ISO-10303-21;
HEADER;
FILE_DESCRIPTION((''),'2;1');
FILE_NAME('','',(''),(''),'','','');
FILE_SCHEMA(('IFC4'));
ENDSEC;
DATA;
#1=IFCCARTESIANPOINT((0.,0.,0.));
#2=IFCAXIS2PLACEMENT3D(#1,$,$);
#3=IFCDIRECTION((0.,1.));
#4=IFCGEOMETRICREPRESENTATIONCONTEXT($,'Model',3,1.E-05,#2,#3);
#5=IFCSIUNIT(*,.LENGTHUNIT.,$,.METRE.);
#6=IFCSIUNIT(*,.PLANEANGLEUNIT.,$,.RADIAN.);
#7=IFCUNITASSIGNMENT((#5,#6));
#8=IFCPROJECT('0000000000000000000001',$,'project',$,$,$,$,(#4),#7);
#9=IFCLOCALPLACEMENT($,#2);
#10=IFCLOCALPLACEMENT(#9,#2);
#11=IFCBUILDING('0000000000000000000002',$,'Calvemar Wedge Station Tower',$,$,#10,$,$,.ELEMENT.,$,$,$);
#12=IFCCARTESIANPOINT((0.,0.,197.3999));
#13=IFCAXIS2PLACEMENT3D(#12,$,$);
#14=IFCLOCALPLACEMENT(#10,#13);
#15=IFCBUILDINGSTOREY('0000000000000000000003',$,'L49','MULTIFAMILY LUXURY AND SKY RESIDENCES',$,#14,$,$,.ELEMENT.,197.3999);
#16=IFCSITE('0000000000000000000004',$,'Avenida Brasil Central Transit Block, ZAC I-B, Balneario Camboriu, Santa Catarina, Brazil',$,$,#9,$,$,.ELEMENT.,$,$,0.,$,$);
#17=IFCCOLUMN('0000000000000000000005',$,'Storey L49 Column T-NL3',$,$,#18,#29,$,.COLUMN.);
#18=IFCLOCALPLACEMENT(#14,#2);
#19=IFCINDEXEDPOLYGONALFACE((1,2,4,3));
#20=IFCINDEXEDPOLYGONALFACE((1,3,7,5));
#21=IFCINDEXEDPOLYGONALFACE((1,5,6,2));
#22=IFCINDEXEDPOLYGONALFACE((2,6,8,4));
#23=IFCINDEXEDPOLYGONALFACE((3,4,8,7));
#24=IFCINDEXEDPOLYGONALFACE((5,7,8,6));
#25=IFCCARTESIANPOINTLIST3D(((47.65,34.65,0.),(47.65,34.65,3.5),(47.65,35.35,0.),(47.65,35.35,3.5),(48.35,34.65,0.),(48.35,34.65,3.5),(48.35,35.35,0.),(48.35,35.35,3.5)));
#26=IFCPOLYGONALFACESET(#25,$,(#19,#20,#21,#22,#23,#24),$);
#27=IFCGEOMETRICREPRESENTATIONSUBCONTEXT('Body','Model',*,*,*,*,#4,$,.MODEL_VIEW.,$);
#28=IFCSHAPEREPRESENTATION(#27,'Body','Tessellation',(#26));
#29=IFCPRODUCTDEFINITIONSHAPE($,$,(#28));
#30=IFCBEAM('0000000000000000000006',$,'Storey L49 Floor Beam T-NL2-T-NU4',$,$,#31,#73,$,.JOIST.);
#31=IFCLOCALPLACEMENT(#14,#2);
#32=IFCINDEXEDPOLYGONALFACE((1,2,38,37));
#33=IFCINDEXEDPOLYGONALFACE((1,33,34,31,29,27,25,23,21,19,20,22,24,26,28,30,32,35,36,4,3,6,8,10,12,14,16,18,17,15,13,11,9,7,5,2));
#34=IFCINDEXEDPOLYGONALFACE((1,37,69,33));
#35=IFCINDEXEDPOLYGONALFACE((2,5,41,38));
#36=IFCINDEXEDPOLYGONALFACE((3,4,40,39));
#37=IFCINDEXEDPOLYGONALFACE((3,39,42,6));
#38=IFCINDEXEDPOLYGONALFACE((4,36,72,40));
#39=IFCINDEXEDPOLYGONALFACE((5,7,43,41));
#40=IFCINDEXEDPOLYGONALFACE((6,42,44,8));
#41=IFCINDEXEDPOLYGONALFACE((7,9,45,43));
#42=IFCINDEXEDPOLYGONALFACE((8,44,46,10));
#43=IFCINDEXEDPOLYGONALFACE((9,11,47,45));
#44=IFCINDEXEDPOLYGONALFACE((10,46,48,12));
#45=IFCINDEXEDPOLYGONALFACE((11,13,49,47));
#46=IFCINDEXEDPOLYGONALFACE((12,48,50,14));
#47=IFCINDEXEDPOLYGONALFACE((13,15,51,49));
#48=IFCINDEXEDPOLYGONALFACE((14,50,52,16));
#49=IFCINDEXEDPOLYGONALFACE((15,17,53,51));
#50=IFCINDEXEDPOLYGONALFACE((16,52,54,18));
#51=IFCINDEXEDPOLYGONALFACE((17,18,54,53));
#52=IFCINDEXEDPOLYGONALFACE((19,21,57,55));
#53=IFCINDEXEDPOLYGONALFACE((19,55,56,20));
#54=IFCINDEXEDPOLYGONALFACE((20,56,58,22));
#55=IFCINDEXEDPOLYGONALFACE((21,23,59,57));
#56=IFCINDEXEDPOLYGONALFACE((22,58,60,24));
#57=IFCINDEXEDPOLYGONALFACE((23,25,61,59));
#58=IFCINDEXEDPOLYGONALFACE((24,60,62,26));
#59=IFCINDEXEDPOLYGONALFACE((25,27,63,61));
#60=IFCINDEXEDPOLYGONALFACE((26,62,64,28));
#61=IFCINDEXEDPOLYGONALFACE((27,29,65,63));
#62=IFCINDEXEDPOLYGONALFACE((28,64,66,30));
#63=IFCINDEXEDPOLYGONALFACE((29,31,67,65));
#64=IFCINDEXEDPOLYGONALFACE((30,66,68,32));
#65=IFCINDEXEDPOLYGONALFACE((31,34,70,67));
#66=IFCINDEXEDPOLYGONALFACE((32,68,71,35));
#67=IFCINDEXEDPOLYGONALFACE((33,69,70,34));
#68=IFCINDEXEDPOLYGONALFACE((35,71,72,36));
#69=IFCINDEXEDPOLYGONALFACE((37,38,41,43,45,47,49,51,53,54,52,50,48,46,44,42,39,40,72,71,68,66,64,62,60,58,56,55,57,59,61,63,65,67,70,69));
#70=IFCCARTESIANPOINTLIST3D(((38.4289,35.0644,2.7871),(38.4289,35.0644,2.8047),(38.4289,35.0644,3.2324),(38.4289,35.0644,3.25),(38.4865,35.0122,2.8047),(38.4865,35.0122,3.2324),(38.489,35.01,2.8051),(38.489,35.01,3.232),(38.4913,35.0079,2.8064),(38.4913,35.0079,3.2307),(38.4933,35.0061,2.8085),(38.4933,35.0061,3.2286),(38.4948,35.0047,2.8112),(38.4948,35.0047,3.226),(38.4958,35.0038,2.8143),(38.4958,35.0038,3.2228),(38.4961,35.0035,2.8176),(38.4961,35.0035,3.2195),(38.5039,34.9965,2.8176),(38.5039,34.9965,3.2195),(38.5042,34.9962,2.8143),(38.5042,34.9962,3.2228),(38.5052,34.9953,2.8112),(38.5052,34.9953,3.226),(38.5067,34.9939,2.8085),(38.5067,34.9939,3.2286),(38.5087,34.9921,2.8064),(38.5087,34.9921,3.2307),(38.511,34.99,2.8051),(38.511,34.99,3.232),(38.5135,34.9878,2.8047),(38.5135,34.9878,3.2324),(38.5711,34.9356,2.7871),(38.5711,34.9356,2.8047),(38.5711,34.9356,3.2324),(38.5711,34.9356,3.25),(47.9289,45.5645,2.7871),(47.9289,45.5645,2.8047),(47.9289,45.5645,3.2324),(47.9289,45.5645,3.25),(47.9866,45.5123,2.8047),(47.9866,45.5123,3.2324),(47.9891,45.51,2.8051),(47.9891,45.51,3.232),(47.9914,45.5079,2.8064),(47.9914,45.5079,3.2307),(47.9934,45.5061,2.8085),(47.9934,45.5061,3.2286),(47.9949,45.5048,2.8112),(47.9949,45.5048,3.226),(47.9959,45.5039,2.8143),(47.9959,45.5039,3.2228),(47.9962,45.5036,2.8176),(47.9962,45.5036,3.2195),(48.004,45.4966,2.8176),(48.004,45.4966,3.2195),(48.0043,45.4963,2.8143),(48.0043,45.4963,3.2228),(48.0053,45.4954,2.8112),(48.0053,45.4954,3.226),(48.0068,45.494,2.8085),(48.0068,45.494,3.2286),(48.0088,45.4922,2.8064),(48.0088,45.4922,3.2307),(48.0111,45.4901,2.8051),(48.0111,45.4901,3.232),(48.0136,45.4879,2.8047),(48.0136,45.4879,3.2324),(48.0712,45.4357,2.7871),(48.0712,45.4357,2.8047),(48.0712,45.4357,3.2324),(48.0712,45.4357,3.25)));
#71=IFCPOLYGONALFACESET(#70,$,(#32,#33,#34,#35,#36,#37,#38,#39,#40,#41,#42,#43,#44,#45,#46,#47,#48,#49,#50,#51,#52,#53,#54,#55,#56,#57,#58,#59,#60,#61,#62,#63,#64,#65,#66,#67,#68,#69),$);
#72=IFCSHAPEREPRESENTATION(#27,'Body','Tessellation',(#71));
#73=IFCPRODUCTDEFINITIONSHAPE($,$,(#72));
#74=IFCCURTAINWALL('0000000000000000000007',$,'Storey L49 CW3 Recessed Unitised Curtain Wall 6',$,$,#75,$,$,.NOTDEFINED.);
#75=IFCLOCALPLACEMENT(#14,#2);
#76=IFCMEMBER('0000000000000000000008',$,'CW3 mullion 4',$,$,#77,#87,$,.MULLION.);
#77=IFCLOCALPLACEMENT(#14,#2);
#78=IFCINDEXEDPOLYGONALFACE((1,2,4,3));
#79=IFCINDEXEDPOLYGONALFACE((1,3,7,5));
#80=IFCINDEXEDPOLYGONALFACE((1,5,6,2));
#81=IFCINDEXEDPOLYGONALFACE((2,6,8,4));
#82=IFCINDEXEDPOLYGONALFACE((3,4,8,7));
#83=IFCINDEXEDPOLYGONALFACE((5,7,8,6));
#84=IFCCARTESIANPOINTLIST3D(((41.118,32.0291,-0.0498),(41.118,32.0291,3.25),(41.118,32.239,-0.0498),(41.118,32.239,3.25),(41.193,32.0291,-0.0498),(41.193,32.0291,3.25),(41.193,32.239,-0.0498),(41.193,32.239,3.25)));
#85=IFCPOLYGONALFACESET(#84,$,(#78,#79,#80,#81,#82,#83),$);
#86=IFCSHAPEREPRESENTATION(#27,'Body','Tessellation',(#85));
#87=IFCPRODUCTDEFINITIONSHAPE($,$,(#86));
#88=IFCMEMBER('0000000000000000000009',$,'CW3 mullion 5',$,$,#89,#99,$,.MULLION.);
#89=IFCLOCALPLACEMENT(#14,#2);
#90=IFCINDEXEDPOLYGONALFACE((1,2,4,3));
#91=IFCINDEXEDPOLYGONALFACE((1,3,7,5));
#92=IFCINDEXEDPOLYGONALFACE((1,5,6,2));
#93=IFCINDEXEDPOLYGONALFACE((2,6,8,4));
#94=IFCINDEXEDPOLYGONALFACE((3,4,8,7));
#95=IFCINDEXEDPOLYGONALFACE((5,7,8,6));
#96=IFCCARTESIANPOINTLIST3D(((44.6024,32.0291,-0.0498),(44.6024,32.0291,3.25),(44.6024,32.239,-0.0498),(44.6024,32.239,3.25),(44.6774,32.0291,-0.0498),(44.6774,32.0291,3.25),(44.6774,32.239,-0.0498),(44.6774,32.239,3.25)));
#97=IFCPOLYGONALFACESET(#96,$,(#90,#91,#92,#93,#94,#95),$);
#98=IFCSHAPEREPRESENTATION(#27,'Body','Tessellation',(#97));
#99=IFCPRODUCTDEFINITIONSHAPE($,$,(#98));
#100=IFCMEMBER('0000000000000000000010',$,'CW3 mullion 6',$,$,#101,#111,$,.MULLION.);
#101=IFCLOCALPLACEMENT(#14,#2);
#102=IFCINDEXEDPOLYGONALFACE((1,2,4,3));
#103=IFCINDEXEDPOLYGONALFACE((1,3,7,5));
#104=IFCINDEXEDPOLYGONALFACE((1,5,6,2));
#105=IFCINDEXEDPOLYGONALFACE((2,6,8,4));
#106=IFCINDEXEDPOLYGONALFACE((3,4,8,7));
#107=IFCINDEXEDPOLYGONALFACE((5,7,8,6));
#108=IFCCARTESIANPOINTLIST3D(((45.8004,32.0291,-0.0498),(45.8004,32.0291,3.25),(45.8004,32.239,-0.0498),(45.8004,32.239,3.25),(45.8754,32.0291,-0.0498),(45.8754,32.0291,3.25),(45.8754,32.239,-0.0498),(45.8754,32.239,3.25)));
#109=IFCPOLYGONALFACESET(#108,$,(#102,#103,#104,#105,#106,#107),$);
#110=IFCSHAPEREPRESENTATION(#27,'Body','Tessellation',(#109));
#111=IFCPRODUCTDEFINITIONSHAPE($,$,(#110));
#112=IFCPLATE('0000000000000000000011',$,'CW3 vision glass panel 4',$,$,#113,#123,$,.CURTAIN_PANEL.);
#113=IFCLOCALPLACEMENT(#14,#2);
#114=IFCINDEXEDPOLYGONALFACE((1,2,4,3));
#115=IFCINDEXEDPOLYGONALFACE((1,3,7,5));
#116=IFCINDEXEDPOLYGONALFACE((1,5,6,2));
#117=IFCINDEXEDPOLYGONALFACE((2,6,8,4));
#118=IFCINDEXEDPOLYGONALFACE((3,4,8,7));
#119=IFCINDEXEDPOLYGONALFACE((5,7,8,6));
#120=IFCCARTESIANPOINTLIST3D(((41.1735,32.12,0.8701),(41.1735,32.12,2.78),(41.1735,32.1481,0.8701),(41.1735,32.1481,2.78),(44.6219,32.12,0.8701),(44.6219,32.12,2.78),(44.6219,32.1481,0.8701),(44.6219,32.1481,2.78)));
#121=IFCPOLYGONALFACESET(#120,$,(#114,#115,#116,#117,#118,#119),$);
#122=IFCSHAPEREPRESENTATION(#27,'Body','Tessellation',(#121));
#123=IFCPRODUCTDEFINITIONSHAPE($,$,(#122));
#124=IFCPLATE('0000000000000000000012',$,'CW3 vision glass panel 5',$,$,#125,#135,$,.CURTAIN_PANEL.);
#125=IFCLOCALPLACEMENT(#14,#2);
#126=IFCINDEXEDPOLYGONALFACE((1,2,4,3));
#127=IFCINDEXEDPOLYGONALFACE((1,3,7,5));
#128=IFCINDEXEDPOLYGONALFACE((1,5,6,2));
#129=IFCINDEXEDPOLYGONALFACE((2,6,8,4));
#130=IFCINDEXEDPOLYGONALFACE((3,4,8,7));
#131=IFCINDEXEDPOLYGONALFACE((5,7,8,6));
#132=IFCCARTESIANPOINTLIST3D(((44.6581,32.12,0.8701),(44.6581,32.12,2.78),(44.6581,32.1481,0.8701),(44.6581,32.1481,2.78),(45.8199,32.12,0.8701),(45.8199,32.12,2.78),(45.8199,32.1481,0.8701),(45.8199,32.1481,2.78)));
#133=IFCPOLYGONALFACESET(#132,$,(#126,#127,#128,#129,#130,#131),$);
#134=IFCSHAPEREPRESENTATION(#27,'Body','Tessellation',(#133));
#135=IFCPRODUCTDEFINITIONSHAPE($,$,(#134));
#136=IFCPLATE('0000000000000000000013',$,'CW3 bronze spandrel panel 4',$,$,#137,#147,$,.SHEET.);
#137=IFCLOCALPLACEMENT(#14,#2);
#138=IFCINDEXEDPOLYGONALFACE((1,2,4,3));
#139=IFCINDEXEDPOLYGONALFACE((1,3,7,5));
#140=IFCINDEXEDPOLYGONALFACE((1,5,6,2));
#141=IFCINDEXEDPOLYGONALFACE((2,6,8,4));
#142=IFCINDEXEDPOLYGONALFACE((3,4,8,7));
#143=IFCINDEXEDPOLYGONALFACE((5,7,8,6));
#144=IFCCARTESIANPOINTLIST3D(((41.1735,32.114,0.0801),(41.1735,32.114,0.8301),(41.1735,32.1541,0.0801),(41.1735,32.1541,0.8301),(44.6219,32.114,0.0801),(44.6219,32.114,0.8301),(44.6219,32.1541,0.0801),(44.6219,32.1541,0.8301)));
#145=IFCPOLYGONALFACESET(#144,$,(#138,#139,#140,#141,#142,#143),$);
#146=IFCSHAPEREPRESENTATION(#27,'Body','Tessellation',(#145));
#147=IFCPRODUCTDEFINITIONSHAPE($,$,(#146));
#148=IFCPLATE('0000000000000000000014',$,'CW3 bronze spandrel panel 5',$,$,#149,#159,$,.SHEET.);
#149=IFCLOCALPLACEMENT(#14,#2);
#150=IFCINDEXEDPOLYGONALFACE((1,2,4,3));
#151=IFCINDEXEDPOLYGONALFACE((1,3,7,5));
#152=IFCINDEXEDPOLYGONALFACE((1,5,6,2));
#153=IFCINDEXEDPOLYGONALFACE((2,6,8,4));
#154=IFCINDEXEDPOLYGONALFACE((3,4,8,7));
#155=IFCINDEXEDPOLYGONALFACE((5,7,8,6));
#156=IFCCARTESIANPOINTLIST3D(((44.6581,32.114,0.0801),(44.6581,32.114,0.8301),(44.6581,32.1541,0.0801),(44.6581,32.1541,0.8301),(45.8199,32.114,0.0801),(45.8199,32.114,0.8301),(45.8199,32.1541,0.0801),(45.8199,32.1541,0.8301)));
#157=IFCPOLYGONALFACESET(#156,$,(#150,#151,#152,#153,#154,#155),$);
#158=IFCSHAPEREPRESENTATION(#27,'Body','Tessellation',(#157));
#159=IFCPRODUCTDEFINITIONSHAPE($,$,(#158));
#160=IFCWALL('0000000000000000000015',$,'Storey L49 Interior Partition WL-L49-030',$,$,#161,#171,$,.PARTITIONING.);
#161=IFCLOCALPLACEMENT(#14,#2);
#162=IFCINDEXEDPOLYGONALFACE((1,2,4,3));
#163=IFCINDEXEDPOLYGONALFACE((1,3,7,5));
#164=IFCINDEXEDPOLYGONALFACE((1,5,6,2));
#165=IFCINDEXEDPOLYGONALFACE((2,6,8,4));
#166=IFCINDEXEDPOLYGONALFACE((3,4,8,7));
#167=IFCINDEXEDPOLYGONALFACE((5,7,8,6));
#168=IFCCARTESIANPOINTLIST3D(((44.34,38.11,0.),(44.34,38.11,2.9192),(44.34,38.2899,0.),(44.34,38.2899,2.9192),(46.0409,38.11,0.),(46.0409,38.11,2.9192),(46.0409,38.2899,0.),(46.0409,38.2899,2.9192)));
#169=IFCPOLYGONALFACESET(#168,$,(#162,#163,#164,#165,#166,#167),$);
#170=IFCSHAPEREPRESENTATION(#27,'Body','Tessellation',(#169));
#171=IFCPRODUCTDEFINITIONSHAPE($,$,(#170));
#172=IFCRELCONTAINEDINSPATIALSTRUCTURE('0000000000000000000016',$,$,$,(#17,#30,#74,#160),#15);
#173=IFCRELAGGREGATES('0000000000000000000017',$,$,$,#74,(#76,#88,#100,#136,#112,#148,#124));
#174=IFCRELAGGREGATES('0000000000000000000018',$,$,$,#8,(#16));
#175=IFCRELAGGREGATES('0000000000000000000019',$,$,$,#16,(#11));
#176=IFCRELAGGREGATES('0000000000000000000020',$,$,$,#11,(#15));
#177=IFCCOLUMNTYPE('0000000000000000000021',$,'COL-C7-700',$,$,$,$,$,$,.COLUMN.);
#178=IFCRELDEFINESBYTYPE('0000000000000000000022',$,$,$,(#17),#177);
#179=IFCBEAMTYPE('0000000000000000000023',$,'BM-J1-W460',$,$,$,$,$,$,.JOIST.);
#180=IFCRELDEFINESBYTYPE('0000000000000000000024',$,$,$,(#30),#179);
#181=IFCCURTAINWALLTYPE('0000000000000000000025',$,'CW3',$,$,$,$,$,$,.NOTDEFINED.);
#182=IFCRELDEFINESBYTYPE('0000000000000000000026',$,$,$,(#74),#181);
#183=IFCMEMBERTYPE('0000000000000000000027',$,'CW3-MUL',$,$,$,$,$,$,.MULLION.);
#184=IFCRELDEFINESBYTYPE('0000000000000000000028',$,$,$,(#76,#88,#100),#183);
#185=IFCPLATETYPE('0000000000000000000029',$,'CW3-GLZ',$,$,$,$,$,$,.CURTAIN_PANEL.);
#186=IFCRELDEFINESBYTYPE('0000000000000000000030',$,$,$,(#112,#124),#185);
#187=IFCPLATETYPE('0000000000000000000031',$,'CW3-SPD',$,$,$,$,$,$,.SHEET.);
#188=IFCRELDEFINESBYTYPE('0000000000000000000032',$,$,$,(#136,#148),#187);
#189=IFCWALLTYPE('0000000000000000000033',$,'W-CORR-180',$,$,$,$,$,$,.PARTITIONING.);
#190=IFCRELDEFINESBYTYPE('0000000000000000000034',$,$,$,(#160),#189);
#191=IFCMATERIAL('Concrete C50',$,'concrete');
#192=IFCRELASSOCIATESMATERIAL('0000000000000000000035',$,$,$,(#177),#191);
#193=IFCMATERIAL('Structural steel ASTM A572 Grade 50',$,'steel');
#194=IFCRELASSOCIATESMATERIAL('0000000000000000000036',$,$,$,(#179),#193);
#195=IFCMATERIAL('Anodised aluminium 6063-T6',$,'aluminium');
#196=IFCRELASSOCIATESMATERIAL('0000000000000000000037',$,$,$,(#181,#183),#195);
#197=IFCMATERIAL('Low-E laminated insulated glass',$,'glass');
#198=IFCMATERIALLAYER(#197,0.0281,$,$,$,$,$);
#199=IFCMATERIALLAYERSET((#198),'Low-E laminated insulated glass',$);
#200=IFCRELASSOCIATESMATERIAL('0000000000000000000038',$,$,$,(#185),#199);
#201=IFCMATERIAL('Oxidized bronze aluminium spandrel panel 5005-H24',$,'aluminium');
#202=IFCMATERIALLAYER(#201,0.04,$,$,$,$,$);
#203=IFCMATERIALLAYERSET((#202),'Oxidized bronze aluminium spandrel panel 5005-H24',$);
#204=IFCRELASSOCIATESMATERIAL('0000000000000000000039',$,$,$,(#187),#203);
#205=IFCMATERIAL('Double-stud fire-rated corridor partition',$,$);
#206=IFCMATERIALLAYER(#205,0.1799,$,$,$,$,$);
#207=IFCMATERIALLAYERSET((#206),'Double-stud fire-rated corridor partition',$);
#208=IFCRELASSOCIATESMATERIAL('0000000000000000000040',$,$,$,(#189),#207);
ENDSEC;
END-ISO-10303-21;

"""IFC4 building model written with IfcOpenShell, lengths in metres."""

from ifc_helpers import new_model, si_unit, direction, frame, frame_2d, origin, origin_2d, place, context, subcontext, project, spatial, rectangle, i_section, extrude, source, transform, mapped, material, layer, layer_set, material_profile, profile_set, type_object, element, aggregate, save


model = new_model("IFC4")

# Units and contexts
model_context = context("Model", 3, precision=1e-05, world=origin(), true_north=direction((0.0, 1.0)))
body_context = subcontext(model_context, "Body", "Model", "MODEL_VIEW")
ifc_project = project(units=[si_unit("LENGTHUNIT", "METRE"), si_unit("PLANEANGLEUNIT", "RADIAN")], contexts=[model_context])

# Site, building, storey
site_placement = place(None, origin())
site = spatial("IfcSite", under=ifc_project, at=site_placement, Name="Avenida Brasil Central Transit Block, ZAC I-B, Balneario Camboriu, Santa Catarina, Brazil", CompositionType="ELEMENT", RefElevation=0.0)
building_placement = place(site_placement, origin())
building = spatial("IfcBuilding", under=site, at=building_placement, Name="Calvemar Wedge Station Tower", CompositionType="ELEMENT")
storey_placement = place(building_placement, frame((0.0, 0.0, 197.3999)))
storey = spatial("IfcBuildingStorey", under=building, at=storey_placement, Name="L49", Description="MULTIFAMILY LUXURY AND SKY RESIDENCES", CompositionType="ELEMENT", Elevation=197.3999)

# Column
ifc_material_1 = material(Name="Concrete C50", Category="concrete")
ifc_material_profile_1 = material_profile(ifc_material_1, rectangle(XDim=0.7, YDim=0.7, at=origin_2d()), Name="RC700x700")
ifc_profile_set_1 = profile_set([ifc_material_profile_1], Name="Concrete C50")
column_type = type_object("IfcColumnType", Name="COL-C7-700", PredefinedType="COLUMN", material=ifc_profile_set_1)
shared_shape_1 = source(origin(), body_context, "Body", "SweptSolid", [
    extrude(rectangle(XDim=0.7, YDim=0.7, at=origin_2d()), origin(), (0.0, 0.0, 1.0), 3.5),
])
column_placement = place(storey_placement, frame((48.0, 35.0, 0.0), z_axis=(0.0, 0.0, 1.0), x_axis=(1.0, 0.0, 0.0)))
element("IfcColumn", 1, at=column_placement, inside=storey, type_object=column_type, Name="Storey L49 Column T-NL3", PredefinedType="COLUMN", context=body_context, shape_type="MappedRepresentation", body=[
    mapped(shared_shape_1, transform((0.0, 0.0, 0.0), scale=1.0)),
])

# Beam
ifc_material_2 = material(Name="Structural steel ASTM A572 Grade 50", Category="steel")
ifc_material_profile_2 = material_profile(ifc_material_2, i_section(OverallWidth=0.1919, OverallDepth=0.4629, WebThickness=0.0105, FlangeThickness=0.0176, FilletRadius=0.0129, at=origin_2d()), Name="W460x89")
ifc_profile_set_2 = profile_set([ifc_material_profile_2], Name="Structural steel ASTM A572 Grade 50")
beam_type = type_object("IfcBeamType", Name="BM-J1-W460", PredefinedType="JOIST", material=ifc_profile_set_2)
shared_shape_2 = source(origin(), body_context, "Body", "SweptSolid", [
    extrude(i_section(OverallWidth=0.1919, OverallDepth=0.4629, WebThickness=0.0105, FlangeThickness=0.0176, FilletRadius=0.0129, at=origin_2d()), origin(), (0.0, 0.0, 1.0), 14.1599),
])
beam_placement = place(storey_placement, frame((38.5, 35.0, 3.0186), z_axis=(0.670913, 0.741536, 0.0), x_axis=(-0.741536, 0.670913, 0.0)))
element("IfcBeam", 2, at=beam_placement, inside=storey, type_object=beam_type, Name="Storey L49 Floor Beam T-NL2-T-NU4", PredefinedType="JOIST", context=body_context, shape_type="MappedRepresentation", body=[
    mapped(shared_shape_2, transform((0.0, 0.0, 0.0), scale=1.0)),
])

# Curtain wall, members, plates
ifc_material_3 = material(Name="Anodised aluminium 6063-T6", Category="aluminium")
curtain_wall_type = type_object("IfcCurtainWallType", Name="CW3", PredefinedType="NOTDEFINED", material=ifc_material_3)
curtain_wall_placement = place(storey_placement, origin())
curtain_wall = element("IfcCurtainWall", 3, at=curtain_wall_placement, inside=storey, type_object=curtain_wall_type, Name="Storey L49 CW3 Recessed Unitised Curtain Wall 6", PredefinedType="NOTDEFINED")
ifc_material_profile_3 = material_profile(ifc_material_3, rectangle(XDim=0.075, YDim=0.21, at=origin_2d()), Name="AL-MUL-75x210")
ifc_profile_set_3 = profile_set([ifc_material_profile_3], Name="Anodised aluminium 6063-T6")
member_type = type_object("IfcMemberType", Name="CW3-MUL", PredefinedType="MULLION", material=ifc_profile_set_3)
shared_shape_3 = source(origin(), body_context, "Body", "SweptSolid", [
    extrude(rectangle(XDim=0.075, YDim=0.21, at=origin_2d()), origin(), (0.0, 0.0, 1.0), 3.2998),
])
member_1_placement = place(storey_placement, frame((41.1555, 32.134, -0.0498), z_axis=(0.0, 0.0, 1.0), x_axis=(1.0, 0.0, 0.0)))
member_1 = element("IfcMember", 4, at=member_1_placement, type_object=member_type, Name="CW3 mullion 4", PredefinedType="MULLION", context=body_context, shape_type="MappedRepresentation", body=[
    mapped(shared_shape_3, transform((0.0, 0.0, 0.0), scale=1.0)),
])
member_2_placement = place(storey_placement, frame((44.6399, 32.134, -0.0498), z_axis=(0.0, 0.0, 1.0), x_axis=(1.0, 0.0, 0.0)))
member_2 = element("IfcMember", 5, at=member_2_placement, type_object=member_type, Name="CW3 mullion 5", PredefinedType="MULLION", context=body_context, shape_type="MappedRepresentation", body=[
    mapped(shared_shape_3, transform((0.0, 0.0, 0.0), scale=1.0)),
])
member_3_placement = place(storey_placement, frame((45.8379, 32.134, -0.0498), z_axis=(0.0, 0.0, 1.0), x_axis=(1.0, 0.0, 0.0)))
member_3 = element("IfcMember", 6, at=member_3_placement, type_object=member_type, Name="CW3 mullion 6", PredefinedType="MULLION", context=body_context, shape_type="MappedRepresentation", body=[
    mapped(shared_shape_3, transform((0.0, 0.0, 0.0), scale=1.0)),
])
ifc_material_4 = material(Name="Low-E laminated insulated glass", Category="glass")
ifc_layer_1 = layer(ifc_material_4, 0.0281)
ifc_layer_set_1 = layer_set([ifc_layer_1], Name="Low-E laminated insulated glass")
plate_type_1 = type_object("IfcPlateType", Name="CW3-GLZ", PredefinedType="CURTAIN_PANEL", material=ifc_layer_set_1)
plate_1_placement = place(storey_placement, frame((41.1736, 32.134, 0.8701), z_axis=(0.0, 0.0, 1.0), x_axis=(1.0, 0.0, 0.0)))
plate_1 = element("IfcPlate", 7, at=plate_1_placement, type_object=plate_type_1, Name="CW3 vision glass panel 4", PredefinedType="CURTAIN_PANEL", context=body_context, shape_type="SweptSolid", body=[
    extrude(rectangle(XDim=3.4485, YDim=0.0281, at=frame_2d((1.7241, 0.0))), origin(), (0.0, 0.0, 1.0), 1.9099),
])
plate_2_placement = place(storey_placement, frame((44.658, 32.134, 0.8701), z_axis=(0.0, 0.0, 1.0), x_axis=(1.0, 0.0, 0.0)))
plate_2 = element("IfcPlate", 8, at=plate_2_placement, type_object=plate_type_1, Name="CW3 vision glass panel 5", PredefinedType="CURTAIN_PANEL", context=body_context, shape_type="SweptSolid", body=[
    extrude(rectangle(XDim=1.1619, YDim=0.0281, at=frame_2d((0.5811, 0.0))), origin(), (0.0, 0.0, 1.0), 1.9099),
])
ifc_material_5 = material(Name="Oxidized bronze aluminium spandrel panel 5005-H24", Category="aluminium")
ifc_layer_2 = layer(ifc_material_5, 0.04)
ifc_layer_set_2 = layer_set([ifc_layer_2], Name="Oxidized bronze aluminium spandrel panel 5005-H24")
plate_type_2 = type_object("IfcPlateType", Name="CW3-SPD", PredefinedType="SHEET", material=ifc_layer_set_2)
plate_3_placement = place(storey_placement, frame((41.1736, 32.134, 0.0801), z_axis=(0.0, 0.0, 1.0), x_axis=(1.0, 0.0, 0.0)))
plate_3 = element("IfcPlate", 9, at=plate_3_placement, type_object=plate_type_2, Name="CW3 bronze spandrel panel 4", PredefinedType="SHEET", context=body_context, shape_type="SweptSolid", body=[
    extrude(rectangle(XDim=3.4485, YDim=0.04, at=frame_2d((1.7241, 0.0))), origin(), (0.0, 0.0, 1.0), 0.75),
])
plate_4_placement = place(storey_placement, frame((44.658, 32.134, 0.0801), z_axis=(0.0, 0.0, 1.0), x_axis=(1.0, 0.0, 0.0)))
plate_4 = element("IfcPlate", 10, at=plate_4_placement, type_object=plate_type_2, Name="CW3 bronze spandrel panel 5", PredefinedType="SHEET", context=body_context, shape_type="SweptSolid", body=[
    extrude(rectangle(XDim=1.1619, YDim=0.04, at=frame_2d((0.5811, 0.0))), origin(), (0.0, 0.0, 1.0), 0.75),
])
aggregate(curtain_wall, [member_1, member_2, member_3, plate_3, plate_1, plate_4, plate_2])

# Wall
ifc_material_6 = material(Name="Double-stud fire-rated corridor partition")
ifc_layer_3 = layer(ifc_material_6, 0.1799)
ifc_layer_set_3 = layer_set([ifc_layer_3], Name="Double-stud fire-rated corridor partition")
wall_type_1 = type_object("IfcWallType", Name="W-CORR-180", PredefinedType="PARTITIONING", material=ifc_layer_set_3)
wall_1_placement = place(storey_placement, frame((46.041, 38.2, 0.0), z_axis=(0.0, 0.0, 1.0), x_axis=(-1.0, 0.0, 0.0)))
element("IfcWall", 11, at=wall_1_placement, inside=storey, type_object=wall_type_1, Name="Storey L49 Interior Partition WL-L49-030", PredefinedType="PARTITIONING", context=body_context, shape_type="SweptSolid", body=[
    extrude(rectangle(XDim=1.7009, YDim=0.1799, at=frame_2d((0.8506, 0.0))), origin(), (0.0, 0.0, 1.0), 2.9192),
])

save(model, "model.ifc")
